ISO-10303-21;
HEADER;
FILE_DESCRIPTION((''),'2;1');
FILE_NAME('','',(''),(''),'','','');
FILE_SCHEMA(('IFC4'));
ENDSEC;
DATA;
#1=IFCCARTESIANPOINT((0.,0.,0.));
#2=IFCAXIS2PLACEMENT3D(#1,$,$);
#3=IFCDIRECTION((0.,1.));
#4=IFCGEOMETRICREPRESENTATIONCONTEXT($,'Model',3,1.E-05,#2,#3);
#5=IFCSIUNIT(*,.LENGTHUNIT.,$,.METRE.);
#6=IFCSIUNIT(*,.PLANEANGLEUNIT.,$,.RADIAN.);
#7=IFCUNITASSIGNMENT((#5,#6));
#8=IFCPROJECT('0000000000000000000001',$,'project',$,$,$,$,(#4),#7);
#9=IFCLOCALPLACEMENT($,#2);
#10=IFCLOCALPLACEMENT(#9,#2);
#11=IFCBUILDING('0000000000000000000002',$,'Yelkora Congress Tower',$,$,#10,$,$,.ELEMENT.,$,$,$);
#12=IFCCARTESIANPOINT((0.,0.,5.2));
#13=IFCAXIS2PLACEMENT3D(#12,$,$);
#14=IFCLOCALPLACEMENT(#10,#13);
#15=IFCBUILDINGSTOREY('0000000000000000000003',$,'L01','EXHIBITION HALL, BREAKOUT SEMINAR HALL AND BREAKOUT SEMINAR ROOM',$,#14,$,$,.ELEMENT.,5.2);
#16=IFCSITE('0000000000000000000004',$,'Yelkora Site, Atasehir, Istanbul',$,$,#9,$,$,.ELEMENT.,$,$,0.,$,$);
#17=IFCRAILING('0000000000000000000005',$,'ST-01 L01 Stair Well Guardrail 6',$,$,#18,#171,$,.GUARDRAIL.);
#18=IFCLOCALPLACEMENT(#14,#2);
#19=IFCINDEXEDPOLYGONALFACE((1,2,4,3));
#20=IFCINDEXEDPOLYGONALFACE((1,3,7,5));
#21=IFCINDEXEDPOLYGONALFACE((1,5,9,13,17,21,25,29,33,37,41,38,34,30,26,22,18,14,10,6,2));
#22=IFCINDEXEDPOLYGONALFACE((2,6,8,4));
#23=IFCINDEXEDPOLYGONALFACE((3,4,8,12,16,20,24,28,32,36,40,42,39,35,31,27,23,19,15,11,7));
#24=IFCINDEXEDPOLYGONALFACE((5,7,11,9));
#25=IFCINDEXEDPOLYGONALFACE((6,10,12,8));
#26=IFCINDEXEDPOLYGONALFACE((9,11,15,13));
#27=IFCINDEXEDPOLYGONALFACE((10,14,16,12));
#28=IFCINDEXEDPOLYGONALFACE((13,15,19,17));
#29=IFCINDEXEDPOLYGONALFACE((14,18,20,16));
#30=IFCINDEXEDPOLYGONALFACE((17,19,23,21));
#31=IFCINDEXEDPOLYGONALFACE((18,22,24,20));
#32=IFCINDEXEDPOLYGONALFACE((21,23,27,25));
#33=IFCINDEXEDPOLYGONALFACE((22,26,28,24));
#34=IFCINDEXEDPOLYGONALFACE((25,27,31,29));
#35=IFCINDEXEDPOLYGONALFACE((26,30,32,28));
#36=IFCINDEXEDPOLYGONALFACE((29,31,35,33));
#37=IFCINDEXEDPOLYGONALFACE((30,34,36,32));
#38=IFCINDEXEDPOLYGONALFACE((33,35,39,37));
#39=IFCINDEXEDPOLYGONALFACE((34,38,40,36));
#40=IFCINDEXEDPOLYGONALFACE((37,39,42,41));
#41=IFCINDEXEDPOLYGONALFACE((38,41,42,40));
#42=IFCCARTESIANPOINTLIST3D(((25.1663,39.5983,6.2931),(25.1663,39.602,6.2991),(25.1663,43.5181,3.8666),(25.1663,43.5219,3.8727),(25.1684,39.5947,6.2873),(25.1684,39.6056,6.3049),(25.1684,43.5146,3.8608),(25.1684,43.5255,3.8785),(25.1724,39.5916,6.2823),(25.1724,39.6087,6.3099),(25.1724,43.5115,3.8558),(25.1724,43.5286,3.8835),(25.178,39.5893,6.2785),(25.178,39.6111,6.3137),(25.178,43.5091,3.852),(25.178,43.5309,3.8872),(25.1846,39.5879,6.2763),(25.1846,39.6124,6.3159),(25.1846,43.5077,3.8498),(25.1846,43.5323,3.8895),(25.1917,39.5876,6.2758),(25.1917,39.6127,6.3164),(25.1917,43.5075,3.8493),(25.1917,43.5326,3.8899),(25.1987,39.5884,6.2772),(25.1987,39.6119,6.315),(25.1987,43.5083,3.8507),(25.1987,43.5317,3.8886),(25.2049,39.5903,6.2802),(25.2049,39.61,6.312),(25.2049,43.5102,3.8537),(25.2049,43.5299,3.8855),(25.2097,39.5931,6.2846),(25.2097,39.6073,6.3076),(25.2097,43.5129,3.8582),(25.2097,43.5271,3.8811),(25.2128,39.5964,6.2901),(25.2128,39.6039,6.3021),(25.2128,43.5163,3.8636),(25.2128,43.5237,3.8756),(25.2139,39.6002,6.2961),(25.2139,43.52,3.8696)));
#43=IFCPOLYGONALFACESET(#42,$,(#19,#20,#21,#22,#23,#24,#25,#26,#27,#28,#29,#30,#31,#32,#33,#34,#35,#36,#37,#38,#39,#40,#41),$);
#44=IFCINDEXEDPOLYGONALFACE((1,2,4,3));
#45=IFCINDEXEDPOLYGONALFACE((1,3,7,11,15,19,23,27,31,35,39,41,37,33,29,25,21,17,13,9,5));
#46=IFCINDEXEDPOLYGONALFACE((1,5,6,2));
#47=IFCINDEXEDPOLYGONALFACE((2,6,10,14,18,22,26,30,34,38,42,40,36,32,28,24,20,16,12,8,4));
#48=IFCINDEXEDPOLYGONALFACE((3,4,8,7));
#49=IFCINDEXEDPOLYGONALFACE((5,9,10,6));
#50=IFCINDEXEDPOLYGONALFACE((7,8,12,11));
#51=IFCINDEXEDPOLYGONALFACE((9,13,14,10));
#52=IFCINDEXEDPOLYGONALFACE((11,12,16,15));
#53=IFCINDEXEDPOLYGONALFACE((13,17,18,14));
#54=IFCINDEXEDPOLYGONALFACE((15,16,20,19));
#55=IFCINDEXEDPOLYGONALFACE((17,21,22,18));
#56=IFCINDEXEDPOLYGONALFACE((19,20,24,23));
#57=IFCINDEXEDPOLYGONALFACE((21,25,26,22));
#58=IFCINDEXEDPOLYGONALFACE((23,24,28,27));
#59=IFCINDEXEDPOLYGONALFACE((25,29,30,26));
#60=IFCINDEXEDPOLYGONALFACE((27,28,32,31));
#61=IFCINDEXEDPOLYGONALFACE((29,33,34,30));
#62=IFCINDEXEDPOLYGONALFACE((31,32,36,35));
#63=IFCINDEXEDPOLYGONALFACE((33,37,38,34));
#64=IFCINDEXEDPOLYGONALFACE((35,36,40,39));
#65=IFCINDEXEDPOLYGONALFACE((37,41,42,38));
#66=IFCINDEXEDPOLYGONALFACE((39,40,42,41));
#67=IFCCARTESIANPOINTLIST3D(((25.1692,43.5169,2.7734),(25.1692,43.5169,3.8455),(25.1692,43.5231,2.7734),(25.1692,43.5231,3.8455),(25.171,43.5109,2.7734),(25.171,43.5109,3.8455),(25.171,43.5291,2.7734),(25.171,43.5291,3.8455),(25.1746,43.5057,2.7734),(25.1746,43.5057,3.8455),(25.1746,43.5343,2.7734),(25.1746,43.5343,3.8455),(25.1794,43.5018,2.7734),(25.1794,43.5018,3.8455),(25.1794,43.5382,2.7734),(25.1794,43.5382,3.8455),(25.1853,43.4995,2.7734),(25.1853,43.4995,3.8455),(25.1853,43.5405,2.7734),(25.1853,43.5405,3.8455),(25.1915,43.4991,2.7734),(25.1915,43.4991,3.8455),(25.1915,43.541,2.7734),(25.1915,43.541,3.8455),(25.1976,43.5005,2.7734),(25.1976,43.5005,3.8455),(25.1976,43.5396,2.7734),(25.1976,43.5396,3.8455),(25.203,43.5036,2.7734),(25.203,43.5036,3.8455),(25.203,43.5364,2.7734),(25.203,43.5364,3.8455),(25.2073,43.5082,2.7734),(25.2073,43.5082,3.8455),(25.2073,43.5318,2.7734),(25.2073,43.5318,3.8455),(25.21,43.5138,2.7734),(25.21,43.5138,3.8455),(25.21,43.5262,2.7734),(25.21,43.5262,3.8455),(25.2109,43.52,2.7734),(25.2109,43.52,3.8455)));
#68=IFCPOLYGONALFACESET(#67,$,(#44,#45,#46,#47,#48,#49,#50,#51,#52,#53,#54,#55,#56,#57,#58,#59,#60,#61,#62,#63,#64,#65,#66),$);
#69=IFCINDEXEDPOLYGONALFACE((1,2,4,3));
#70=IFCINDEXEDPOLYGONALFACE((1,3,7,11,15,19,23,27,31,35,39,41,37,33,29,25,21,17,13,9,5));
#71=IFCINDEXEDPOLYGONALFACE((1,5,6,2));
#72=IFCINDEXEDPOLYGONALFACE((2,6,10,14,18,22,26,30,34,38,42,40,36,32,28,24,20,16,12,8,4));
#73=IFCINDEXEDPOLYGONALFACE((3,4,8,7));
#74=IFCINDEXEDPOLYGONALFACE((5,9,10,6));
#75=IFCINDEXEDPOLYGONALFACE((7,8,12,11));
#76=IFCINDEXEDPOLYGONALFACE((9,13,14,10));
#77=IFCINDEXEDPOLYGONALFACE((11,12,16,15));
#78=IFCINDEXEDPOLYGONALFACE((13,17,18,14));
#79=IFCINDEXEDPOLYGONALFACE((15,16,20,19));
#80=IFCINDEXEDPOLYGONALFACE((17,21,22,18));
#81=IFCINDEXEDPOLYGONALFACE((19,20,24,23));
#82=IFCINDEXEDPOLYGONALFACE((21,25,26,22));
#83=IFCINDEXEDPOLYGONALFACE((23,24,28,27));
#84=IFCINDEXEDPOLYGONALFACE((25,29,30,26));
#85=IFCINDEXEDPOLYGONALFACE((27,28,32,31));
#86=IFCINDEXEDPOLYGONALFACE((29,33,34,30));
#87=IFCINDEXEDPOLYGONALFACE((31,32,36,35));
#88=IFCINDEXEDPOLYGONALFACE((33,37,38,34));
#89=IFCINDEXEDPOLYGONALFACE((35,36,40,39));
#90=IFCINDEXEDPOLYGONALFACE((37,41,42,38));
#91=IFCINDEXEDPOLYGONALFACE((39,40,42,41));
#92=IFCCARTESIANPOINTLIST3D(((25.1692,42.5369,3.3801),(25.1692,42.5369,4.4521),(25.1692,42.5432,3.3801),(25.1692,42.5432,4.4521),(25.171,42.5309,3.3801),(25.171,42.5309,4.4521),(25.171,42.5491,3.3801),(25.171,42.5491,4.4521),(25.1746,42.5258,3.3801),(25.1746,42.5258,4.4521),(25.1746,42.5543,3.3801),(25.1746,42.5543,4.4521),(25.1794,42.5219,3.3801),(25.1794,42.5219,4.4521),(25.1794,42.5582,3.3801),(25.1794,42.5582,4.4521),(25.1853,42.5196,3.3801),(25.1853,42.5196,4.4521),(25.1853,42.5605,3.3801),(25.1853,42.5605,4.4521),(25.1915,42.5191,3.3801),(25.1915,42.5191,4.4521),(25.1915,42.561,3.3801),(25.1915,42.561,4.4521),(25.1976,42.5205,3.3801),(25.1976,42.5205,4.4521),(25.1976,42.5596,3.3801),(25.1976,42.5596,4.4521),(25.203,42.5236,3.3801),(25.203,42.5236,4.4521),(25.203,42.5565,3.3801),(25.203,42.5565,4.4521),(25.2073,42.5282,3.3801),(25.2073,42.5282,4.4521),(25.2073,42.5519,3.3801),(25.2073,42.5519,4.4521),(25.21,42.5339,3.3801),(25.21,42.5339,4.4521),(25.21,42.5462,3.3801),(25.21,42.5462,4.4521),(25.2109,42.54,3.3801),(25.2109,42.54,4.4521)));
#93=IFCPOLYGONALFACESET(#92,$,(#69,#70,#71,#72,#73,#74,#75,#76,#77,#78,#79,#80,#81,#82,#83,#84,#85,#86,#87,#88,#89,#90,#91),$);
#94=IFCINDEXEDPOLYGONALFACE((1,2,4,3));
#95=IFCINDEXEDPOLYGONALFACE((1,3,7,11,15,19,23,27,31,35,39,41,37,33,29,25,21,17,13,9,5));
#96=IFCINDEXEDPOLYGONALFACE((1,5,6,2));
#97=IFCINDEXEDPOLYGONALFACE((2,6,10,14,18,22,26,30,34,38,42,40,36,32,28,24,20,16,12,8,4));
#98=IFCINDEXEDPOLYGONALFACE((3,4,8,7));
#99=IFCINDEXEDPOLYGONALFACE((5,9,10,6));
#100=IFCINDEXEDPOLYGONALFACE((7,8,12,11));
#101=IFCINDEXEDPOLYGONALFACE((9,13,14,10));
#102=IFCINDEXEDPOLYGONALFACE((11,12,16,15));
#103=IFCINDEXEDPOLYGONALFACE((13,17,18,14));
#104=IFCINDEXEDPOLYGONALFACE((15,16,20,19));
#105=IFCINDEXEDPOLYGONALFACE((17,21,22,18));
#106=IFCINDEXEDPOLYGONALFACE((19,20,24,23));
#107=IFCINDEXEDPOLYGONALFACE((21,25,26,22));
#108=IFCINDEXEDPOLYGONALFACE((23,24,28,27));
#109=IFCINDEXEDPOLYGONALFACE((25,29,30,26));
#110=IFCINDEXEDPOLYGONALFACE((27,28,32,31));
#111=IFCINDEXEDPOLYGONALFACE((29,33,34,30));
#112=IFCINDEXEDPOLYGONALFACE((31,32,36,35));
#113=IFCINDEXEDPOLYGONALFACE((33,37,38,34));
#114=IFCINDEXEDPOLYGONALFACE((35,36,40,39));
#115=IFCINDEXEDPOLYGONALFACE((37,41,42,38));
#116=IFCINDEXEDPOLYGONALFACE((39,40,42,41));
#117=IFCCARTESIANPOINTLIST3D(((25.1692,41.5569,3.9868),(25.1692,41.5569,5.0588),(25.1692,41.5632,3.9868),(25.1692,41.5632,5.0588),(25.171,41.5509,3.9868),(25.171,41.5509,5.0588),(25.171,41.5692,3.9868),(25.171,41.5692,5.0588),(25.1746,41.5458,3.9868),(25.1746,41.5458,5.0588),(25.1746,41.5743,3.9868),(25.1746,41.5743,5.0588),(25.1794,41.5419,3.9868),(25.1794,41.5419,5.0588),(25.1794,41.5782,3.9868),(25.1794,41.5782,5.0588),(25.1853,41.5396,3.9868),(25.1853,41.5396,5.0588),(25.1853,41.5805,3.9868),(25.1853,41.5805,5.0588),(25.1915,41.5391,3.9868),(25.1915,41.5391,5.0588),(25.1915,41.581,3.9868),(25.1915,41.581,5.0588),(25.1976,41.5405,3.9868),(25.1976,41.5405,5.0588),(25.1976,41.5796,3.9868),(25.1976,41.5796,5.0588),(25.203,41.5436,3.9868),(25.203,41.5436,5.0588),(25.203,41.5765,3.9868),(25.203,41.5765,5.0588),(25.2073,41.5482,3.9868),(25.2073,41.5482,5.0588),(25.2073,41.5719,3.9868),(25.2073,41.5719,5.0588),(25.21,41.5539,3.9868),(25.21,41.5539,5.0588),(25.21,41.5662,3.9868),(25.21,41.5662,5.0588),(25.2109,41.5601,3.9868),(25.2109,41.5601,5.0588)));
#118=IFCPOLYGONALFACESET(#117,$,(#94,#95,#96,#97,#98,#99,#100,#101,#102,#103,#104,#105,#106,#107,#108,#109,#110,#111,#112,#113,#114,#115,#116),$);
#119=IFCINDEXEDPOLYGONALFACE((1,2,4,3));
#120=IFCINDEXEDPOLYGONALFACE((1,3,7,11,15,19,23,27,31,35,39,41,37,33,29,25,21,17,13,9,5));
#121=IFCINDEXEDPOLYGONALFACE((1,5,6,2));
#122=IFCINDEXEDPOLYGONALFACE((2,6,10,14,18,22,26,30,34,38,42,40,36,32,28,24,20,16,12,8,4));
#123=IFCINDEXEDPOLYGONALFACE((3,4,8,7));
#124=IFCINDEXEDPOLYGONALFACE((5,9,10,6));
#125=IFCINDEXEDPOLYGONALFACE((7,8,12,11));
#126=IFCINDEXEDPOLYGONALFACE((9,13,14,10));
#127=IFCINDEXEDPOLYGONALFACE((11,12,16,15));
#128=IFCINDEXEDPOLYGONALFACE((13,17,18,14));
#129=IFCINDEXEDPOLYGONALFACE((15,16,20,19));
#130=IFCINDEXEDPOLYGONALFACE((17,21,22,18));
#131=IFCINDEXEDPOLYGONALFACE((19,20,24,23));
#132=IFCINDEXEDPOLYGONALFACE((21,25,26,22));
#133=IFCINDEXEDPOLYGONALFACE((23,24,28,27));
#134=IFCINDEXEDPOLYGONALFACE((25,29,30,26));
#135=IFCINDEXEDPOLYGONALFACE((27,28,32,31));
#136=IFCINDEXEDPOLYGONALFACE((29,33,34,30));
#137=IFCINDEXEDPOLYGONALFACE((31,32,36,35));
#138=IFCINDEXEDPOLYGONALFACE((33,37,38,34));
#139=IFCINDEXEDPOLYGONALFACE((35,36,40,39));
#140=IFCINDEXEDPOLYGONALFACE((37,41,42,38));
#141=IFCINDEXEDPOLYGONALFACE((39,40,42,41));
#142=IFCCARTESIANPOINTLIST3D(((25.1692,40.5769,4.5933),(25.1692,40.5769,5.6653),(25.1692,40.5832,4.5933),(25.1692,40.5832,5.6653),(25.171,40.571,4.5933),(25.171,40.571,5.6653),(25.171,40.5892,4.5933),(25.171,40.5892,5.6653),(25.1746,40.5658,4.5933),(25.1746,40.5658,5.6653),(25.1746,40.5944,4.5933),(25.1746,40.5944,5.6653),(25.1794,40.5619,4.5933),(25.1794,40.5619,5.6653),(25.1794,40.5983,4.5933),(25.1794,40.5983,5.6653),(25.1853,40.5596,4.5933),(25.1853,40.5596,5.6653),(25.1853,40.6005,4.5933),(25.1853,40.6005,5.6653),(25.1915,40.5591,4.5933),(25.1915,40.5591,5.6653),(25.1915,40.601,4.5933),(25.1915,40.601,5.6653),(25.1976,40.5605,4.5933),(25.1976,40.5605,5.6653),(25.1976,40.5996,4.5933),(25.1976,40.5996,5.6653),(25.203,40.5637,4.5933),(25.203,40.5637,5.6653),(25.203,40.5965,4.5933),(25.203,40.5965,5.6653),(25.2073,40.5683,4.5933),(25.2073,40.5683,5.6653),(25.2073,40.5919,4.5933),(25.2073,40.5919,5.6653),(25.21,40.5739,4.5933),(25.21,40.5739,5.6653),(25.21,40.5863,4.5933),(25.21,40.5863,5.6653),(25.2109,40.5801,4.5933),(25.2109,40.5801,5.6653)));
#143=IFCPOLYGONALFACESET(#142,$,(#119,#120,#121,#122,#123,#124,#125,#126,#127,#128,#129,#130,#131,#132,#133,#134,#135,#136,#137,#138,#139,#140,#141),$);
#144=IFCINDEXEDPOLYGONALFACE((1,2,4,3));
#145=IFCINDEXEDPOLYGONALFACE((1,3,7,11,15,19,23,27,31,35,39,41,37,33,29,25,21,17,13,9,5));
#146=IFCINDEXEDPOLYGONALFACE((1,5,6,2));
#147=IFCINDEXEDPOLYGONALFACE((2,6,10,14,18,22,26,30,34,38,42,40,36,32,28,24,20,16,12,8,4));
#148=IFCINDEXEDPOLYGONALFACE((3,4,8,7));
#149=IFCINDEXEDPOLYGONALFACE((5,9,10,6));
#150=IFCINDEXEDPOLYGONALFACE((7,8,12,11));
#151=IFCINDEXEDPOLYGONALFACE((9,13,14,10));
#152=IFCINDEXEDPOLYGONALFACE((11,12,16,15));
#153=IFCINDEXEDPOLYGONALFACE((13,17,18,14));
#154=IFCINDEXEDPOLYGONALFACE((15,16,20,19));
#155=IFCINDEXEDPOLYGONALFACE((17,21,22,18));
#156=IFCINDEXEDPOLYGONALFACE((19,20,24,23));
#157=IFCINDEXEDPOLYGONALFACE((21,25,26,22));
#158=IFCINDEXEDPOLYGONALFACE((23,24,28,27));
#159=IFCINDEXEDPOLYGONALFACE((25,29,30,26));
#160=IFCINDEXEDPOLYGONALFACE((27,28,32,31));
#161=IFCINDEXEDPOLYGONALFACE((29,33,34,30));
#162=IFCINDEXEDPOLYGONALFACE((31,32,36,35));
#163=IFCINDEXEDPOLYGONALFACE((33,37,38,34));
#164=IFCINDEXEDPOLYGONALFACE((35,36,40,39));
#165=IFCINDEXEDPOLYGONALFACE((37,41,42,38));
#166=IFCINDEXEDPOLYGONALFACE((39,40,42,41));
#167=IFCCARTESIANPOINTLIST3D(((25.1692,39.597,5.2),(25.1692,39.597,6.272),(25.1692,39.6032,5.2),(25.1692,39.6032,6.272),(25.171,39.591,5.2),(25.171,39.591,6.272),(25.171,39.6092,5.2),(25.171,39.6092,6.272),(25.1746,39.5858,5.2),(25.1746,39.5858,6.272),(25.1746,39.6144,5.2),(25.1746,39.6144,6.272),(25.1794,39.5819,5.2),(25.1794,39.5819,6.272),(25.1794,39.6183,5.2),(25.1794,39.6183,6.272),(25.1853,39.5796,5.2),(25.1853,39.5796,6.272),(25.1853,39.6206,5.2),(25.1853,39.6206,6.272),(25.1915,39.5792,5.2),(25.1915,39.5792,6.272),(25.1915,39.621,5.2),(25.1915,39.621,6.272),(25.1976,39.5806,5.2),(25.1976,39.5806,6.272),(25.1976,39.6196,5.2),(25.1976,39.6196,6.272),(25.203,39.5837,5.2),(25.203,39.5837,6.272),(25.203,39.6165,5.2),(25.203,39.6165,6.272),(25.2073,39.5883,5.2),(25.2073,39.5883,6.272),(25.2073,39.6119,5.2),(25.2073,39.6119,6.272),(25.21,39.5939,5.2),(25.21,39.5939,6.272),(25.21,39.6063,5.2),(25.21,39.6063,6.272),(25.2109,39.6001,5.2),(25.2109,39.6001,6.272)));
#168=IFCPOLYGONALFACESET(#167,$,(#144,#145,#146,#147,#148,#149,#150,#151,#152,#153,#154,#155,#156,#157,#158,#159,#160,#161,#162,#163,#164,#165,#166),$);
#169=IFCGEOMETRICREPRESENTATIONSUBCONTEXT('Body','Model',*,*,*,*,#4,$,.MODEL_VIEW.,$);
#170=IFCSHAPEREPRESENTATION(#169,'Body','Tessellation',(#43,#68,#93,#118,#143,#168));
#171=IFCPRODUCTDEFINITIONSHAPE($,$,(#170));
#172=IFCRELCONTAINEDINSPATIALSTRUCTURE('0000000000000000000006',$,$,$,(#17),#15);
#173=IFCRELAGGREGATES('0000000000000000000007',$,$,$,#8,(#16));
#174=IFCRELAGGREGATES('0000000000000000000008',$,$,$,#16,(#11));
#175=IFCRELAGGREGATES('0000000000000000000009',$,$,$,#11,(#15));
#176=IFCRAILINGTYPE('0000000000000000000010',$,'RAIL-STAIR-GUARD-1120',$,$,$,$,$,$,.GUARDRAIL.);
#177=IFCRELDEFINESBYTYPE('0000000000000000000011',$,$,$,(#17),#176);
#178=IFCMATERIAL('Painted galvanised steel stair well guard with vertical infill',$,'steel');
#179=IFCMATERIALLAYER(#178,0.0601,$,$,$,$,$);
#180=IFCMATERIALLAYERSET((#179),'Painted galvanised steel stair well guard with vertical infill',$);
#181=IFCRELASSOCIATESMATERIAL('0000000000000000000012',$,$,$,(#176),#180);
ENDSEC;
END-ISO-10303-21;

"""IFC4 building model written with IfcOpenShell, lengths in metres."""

from ifc_helpers import new_model, si_unit, direction, frame, origin, origin_2d, place, context, subcontext, project, spatial, circle, extrude, material, layer, layer_set, type_object, element, save


model = new_model("IFC4")

# Units and contexts
model_context = context("Model", 3, precision=1e-05, world=origin(), true_north=direction((0.0, 1.0)))
body_context = subcontext(model_context, "Body", "Model", "MODEL_VIEW")
ifc_project = project(units=[si_unit("LENGTHUNIT", "METRE"), si_unit("PLANEANGLEUNIT", "RADIAN")], contexts=[model_context])

# Site, building, storey
site_placement = place(None, origin())
site = spatial("IfcSite", under=ifc_project, at=site_placement, Name="Yelkora Site, Atasehir, Istanbul", CompositionType="ELEMENT", RefElevation=0.0)
building_placement = place(site_placement, origin())
building = spatial("IfcBuilding", under=site, at=building_placement, Name="Yelkora Congress Tower", CompositionType="ELEMENT")
storey_placement = place(building_placement, frame((0.0, 0.0, 5.2)))
storey = spatial("IfcBuildingStorey", under=building, at=storey_placement, Name="L01", Description="EXHIBITION HALL, BREAKOUT SEMINAR HALL AND BREAKOUT SEMINAR ROOM", CompositionType="ELEMENT", Elevation=5.2)

# Railing
ifc_material_1 = material(Name="Painted galvanised steel stair well guard with vertical infill", Category="steel")
ifc_layer_1 = layer(ifc_material_1, 0.0601)
ifc_layer_set_1 = layer_set([ifc_layer_1], Name="Painted galvanised steel stair well guard with vertical infill")
railing_type_1 = type_object("IfcRailingType", Name="RAIL-STAIR-GUARD-1120", PredefinedType="GUARDRAIL", material=ifc_layer_set_1)
railing_1_placement = place(storey_placement, frame((25.1899, 43.52, 2.7734)))
element("IfcRailing", 1, at=railing_1_placement, inside=storey, type_object=railing_type_1, Name="ST-01 L01 Stair Well Guardrail 6", PredefinedType="GUARDRAIL", context=body_context, shape_type="SweptSolid", body=[
    extrude(circle(Radius=0.0239, at=origin_2d()), frame((0.0, 0.0, 1.0962), z_axis=(0.0, -0.850275, 0.526338), x_axis=(1.0, 0.0, 0.0)), (0.0, 0.0, 1.0), 4.6101),
    extrude(circle(Radius=0.021, at=origin_2d()), origin(), (0.0, 0.0, 1.0), 1.072),
    extrude(circle(Radius=0.021, at=origin_2d()), frame((0.0, -0.98, 0.6067)), (0.0, 0.0, 1.0), 1.072),
    extrude(circle(Radius=0.021, at=origin_2d()), frame((0.0, -1.96, 1.2134)), (0.0, 0.0, 1.0), 1.072),
    extrude(circle(Radius=0.021, at=origin_2d()), frame((0.0, -2.9399, 1.8198)), (0.0, 0.0, 1.0), 1.072),
    extrude(circle(Radius=0.021, at=origin_2d()), frame((0.0, -3.9199, 2.4265)), (0.0, 0.0, 1.0), 1.072),
])

save(model, "model.ifc")
